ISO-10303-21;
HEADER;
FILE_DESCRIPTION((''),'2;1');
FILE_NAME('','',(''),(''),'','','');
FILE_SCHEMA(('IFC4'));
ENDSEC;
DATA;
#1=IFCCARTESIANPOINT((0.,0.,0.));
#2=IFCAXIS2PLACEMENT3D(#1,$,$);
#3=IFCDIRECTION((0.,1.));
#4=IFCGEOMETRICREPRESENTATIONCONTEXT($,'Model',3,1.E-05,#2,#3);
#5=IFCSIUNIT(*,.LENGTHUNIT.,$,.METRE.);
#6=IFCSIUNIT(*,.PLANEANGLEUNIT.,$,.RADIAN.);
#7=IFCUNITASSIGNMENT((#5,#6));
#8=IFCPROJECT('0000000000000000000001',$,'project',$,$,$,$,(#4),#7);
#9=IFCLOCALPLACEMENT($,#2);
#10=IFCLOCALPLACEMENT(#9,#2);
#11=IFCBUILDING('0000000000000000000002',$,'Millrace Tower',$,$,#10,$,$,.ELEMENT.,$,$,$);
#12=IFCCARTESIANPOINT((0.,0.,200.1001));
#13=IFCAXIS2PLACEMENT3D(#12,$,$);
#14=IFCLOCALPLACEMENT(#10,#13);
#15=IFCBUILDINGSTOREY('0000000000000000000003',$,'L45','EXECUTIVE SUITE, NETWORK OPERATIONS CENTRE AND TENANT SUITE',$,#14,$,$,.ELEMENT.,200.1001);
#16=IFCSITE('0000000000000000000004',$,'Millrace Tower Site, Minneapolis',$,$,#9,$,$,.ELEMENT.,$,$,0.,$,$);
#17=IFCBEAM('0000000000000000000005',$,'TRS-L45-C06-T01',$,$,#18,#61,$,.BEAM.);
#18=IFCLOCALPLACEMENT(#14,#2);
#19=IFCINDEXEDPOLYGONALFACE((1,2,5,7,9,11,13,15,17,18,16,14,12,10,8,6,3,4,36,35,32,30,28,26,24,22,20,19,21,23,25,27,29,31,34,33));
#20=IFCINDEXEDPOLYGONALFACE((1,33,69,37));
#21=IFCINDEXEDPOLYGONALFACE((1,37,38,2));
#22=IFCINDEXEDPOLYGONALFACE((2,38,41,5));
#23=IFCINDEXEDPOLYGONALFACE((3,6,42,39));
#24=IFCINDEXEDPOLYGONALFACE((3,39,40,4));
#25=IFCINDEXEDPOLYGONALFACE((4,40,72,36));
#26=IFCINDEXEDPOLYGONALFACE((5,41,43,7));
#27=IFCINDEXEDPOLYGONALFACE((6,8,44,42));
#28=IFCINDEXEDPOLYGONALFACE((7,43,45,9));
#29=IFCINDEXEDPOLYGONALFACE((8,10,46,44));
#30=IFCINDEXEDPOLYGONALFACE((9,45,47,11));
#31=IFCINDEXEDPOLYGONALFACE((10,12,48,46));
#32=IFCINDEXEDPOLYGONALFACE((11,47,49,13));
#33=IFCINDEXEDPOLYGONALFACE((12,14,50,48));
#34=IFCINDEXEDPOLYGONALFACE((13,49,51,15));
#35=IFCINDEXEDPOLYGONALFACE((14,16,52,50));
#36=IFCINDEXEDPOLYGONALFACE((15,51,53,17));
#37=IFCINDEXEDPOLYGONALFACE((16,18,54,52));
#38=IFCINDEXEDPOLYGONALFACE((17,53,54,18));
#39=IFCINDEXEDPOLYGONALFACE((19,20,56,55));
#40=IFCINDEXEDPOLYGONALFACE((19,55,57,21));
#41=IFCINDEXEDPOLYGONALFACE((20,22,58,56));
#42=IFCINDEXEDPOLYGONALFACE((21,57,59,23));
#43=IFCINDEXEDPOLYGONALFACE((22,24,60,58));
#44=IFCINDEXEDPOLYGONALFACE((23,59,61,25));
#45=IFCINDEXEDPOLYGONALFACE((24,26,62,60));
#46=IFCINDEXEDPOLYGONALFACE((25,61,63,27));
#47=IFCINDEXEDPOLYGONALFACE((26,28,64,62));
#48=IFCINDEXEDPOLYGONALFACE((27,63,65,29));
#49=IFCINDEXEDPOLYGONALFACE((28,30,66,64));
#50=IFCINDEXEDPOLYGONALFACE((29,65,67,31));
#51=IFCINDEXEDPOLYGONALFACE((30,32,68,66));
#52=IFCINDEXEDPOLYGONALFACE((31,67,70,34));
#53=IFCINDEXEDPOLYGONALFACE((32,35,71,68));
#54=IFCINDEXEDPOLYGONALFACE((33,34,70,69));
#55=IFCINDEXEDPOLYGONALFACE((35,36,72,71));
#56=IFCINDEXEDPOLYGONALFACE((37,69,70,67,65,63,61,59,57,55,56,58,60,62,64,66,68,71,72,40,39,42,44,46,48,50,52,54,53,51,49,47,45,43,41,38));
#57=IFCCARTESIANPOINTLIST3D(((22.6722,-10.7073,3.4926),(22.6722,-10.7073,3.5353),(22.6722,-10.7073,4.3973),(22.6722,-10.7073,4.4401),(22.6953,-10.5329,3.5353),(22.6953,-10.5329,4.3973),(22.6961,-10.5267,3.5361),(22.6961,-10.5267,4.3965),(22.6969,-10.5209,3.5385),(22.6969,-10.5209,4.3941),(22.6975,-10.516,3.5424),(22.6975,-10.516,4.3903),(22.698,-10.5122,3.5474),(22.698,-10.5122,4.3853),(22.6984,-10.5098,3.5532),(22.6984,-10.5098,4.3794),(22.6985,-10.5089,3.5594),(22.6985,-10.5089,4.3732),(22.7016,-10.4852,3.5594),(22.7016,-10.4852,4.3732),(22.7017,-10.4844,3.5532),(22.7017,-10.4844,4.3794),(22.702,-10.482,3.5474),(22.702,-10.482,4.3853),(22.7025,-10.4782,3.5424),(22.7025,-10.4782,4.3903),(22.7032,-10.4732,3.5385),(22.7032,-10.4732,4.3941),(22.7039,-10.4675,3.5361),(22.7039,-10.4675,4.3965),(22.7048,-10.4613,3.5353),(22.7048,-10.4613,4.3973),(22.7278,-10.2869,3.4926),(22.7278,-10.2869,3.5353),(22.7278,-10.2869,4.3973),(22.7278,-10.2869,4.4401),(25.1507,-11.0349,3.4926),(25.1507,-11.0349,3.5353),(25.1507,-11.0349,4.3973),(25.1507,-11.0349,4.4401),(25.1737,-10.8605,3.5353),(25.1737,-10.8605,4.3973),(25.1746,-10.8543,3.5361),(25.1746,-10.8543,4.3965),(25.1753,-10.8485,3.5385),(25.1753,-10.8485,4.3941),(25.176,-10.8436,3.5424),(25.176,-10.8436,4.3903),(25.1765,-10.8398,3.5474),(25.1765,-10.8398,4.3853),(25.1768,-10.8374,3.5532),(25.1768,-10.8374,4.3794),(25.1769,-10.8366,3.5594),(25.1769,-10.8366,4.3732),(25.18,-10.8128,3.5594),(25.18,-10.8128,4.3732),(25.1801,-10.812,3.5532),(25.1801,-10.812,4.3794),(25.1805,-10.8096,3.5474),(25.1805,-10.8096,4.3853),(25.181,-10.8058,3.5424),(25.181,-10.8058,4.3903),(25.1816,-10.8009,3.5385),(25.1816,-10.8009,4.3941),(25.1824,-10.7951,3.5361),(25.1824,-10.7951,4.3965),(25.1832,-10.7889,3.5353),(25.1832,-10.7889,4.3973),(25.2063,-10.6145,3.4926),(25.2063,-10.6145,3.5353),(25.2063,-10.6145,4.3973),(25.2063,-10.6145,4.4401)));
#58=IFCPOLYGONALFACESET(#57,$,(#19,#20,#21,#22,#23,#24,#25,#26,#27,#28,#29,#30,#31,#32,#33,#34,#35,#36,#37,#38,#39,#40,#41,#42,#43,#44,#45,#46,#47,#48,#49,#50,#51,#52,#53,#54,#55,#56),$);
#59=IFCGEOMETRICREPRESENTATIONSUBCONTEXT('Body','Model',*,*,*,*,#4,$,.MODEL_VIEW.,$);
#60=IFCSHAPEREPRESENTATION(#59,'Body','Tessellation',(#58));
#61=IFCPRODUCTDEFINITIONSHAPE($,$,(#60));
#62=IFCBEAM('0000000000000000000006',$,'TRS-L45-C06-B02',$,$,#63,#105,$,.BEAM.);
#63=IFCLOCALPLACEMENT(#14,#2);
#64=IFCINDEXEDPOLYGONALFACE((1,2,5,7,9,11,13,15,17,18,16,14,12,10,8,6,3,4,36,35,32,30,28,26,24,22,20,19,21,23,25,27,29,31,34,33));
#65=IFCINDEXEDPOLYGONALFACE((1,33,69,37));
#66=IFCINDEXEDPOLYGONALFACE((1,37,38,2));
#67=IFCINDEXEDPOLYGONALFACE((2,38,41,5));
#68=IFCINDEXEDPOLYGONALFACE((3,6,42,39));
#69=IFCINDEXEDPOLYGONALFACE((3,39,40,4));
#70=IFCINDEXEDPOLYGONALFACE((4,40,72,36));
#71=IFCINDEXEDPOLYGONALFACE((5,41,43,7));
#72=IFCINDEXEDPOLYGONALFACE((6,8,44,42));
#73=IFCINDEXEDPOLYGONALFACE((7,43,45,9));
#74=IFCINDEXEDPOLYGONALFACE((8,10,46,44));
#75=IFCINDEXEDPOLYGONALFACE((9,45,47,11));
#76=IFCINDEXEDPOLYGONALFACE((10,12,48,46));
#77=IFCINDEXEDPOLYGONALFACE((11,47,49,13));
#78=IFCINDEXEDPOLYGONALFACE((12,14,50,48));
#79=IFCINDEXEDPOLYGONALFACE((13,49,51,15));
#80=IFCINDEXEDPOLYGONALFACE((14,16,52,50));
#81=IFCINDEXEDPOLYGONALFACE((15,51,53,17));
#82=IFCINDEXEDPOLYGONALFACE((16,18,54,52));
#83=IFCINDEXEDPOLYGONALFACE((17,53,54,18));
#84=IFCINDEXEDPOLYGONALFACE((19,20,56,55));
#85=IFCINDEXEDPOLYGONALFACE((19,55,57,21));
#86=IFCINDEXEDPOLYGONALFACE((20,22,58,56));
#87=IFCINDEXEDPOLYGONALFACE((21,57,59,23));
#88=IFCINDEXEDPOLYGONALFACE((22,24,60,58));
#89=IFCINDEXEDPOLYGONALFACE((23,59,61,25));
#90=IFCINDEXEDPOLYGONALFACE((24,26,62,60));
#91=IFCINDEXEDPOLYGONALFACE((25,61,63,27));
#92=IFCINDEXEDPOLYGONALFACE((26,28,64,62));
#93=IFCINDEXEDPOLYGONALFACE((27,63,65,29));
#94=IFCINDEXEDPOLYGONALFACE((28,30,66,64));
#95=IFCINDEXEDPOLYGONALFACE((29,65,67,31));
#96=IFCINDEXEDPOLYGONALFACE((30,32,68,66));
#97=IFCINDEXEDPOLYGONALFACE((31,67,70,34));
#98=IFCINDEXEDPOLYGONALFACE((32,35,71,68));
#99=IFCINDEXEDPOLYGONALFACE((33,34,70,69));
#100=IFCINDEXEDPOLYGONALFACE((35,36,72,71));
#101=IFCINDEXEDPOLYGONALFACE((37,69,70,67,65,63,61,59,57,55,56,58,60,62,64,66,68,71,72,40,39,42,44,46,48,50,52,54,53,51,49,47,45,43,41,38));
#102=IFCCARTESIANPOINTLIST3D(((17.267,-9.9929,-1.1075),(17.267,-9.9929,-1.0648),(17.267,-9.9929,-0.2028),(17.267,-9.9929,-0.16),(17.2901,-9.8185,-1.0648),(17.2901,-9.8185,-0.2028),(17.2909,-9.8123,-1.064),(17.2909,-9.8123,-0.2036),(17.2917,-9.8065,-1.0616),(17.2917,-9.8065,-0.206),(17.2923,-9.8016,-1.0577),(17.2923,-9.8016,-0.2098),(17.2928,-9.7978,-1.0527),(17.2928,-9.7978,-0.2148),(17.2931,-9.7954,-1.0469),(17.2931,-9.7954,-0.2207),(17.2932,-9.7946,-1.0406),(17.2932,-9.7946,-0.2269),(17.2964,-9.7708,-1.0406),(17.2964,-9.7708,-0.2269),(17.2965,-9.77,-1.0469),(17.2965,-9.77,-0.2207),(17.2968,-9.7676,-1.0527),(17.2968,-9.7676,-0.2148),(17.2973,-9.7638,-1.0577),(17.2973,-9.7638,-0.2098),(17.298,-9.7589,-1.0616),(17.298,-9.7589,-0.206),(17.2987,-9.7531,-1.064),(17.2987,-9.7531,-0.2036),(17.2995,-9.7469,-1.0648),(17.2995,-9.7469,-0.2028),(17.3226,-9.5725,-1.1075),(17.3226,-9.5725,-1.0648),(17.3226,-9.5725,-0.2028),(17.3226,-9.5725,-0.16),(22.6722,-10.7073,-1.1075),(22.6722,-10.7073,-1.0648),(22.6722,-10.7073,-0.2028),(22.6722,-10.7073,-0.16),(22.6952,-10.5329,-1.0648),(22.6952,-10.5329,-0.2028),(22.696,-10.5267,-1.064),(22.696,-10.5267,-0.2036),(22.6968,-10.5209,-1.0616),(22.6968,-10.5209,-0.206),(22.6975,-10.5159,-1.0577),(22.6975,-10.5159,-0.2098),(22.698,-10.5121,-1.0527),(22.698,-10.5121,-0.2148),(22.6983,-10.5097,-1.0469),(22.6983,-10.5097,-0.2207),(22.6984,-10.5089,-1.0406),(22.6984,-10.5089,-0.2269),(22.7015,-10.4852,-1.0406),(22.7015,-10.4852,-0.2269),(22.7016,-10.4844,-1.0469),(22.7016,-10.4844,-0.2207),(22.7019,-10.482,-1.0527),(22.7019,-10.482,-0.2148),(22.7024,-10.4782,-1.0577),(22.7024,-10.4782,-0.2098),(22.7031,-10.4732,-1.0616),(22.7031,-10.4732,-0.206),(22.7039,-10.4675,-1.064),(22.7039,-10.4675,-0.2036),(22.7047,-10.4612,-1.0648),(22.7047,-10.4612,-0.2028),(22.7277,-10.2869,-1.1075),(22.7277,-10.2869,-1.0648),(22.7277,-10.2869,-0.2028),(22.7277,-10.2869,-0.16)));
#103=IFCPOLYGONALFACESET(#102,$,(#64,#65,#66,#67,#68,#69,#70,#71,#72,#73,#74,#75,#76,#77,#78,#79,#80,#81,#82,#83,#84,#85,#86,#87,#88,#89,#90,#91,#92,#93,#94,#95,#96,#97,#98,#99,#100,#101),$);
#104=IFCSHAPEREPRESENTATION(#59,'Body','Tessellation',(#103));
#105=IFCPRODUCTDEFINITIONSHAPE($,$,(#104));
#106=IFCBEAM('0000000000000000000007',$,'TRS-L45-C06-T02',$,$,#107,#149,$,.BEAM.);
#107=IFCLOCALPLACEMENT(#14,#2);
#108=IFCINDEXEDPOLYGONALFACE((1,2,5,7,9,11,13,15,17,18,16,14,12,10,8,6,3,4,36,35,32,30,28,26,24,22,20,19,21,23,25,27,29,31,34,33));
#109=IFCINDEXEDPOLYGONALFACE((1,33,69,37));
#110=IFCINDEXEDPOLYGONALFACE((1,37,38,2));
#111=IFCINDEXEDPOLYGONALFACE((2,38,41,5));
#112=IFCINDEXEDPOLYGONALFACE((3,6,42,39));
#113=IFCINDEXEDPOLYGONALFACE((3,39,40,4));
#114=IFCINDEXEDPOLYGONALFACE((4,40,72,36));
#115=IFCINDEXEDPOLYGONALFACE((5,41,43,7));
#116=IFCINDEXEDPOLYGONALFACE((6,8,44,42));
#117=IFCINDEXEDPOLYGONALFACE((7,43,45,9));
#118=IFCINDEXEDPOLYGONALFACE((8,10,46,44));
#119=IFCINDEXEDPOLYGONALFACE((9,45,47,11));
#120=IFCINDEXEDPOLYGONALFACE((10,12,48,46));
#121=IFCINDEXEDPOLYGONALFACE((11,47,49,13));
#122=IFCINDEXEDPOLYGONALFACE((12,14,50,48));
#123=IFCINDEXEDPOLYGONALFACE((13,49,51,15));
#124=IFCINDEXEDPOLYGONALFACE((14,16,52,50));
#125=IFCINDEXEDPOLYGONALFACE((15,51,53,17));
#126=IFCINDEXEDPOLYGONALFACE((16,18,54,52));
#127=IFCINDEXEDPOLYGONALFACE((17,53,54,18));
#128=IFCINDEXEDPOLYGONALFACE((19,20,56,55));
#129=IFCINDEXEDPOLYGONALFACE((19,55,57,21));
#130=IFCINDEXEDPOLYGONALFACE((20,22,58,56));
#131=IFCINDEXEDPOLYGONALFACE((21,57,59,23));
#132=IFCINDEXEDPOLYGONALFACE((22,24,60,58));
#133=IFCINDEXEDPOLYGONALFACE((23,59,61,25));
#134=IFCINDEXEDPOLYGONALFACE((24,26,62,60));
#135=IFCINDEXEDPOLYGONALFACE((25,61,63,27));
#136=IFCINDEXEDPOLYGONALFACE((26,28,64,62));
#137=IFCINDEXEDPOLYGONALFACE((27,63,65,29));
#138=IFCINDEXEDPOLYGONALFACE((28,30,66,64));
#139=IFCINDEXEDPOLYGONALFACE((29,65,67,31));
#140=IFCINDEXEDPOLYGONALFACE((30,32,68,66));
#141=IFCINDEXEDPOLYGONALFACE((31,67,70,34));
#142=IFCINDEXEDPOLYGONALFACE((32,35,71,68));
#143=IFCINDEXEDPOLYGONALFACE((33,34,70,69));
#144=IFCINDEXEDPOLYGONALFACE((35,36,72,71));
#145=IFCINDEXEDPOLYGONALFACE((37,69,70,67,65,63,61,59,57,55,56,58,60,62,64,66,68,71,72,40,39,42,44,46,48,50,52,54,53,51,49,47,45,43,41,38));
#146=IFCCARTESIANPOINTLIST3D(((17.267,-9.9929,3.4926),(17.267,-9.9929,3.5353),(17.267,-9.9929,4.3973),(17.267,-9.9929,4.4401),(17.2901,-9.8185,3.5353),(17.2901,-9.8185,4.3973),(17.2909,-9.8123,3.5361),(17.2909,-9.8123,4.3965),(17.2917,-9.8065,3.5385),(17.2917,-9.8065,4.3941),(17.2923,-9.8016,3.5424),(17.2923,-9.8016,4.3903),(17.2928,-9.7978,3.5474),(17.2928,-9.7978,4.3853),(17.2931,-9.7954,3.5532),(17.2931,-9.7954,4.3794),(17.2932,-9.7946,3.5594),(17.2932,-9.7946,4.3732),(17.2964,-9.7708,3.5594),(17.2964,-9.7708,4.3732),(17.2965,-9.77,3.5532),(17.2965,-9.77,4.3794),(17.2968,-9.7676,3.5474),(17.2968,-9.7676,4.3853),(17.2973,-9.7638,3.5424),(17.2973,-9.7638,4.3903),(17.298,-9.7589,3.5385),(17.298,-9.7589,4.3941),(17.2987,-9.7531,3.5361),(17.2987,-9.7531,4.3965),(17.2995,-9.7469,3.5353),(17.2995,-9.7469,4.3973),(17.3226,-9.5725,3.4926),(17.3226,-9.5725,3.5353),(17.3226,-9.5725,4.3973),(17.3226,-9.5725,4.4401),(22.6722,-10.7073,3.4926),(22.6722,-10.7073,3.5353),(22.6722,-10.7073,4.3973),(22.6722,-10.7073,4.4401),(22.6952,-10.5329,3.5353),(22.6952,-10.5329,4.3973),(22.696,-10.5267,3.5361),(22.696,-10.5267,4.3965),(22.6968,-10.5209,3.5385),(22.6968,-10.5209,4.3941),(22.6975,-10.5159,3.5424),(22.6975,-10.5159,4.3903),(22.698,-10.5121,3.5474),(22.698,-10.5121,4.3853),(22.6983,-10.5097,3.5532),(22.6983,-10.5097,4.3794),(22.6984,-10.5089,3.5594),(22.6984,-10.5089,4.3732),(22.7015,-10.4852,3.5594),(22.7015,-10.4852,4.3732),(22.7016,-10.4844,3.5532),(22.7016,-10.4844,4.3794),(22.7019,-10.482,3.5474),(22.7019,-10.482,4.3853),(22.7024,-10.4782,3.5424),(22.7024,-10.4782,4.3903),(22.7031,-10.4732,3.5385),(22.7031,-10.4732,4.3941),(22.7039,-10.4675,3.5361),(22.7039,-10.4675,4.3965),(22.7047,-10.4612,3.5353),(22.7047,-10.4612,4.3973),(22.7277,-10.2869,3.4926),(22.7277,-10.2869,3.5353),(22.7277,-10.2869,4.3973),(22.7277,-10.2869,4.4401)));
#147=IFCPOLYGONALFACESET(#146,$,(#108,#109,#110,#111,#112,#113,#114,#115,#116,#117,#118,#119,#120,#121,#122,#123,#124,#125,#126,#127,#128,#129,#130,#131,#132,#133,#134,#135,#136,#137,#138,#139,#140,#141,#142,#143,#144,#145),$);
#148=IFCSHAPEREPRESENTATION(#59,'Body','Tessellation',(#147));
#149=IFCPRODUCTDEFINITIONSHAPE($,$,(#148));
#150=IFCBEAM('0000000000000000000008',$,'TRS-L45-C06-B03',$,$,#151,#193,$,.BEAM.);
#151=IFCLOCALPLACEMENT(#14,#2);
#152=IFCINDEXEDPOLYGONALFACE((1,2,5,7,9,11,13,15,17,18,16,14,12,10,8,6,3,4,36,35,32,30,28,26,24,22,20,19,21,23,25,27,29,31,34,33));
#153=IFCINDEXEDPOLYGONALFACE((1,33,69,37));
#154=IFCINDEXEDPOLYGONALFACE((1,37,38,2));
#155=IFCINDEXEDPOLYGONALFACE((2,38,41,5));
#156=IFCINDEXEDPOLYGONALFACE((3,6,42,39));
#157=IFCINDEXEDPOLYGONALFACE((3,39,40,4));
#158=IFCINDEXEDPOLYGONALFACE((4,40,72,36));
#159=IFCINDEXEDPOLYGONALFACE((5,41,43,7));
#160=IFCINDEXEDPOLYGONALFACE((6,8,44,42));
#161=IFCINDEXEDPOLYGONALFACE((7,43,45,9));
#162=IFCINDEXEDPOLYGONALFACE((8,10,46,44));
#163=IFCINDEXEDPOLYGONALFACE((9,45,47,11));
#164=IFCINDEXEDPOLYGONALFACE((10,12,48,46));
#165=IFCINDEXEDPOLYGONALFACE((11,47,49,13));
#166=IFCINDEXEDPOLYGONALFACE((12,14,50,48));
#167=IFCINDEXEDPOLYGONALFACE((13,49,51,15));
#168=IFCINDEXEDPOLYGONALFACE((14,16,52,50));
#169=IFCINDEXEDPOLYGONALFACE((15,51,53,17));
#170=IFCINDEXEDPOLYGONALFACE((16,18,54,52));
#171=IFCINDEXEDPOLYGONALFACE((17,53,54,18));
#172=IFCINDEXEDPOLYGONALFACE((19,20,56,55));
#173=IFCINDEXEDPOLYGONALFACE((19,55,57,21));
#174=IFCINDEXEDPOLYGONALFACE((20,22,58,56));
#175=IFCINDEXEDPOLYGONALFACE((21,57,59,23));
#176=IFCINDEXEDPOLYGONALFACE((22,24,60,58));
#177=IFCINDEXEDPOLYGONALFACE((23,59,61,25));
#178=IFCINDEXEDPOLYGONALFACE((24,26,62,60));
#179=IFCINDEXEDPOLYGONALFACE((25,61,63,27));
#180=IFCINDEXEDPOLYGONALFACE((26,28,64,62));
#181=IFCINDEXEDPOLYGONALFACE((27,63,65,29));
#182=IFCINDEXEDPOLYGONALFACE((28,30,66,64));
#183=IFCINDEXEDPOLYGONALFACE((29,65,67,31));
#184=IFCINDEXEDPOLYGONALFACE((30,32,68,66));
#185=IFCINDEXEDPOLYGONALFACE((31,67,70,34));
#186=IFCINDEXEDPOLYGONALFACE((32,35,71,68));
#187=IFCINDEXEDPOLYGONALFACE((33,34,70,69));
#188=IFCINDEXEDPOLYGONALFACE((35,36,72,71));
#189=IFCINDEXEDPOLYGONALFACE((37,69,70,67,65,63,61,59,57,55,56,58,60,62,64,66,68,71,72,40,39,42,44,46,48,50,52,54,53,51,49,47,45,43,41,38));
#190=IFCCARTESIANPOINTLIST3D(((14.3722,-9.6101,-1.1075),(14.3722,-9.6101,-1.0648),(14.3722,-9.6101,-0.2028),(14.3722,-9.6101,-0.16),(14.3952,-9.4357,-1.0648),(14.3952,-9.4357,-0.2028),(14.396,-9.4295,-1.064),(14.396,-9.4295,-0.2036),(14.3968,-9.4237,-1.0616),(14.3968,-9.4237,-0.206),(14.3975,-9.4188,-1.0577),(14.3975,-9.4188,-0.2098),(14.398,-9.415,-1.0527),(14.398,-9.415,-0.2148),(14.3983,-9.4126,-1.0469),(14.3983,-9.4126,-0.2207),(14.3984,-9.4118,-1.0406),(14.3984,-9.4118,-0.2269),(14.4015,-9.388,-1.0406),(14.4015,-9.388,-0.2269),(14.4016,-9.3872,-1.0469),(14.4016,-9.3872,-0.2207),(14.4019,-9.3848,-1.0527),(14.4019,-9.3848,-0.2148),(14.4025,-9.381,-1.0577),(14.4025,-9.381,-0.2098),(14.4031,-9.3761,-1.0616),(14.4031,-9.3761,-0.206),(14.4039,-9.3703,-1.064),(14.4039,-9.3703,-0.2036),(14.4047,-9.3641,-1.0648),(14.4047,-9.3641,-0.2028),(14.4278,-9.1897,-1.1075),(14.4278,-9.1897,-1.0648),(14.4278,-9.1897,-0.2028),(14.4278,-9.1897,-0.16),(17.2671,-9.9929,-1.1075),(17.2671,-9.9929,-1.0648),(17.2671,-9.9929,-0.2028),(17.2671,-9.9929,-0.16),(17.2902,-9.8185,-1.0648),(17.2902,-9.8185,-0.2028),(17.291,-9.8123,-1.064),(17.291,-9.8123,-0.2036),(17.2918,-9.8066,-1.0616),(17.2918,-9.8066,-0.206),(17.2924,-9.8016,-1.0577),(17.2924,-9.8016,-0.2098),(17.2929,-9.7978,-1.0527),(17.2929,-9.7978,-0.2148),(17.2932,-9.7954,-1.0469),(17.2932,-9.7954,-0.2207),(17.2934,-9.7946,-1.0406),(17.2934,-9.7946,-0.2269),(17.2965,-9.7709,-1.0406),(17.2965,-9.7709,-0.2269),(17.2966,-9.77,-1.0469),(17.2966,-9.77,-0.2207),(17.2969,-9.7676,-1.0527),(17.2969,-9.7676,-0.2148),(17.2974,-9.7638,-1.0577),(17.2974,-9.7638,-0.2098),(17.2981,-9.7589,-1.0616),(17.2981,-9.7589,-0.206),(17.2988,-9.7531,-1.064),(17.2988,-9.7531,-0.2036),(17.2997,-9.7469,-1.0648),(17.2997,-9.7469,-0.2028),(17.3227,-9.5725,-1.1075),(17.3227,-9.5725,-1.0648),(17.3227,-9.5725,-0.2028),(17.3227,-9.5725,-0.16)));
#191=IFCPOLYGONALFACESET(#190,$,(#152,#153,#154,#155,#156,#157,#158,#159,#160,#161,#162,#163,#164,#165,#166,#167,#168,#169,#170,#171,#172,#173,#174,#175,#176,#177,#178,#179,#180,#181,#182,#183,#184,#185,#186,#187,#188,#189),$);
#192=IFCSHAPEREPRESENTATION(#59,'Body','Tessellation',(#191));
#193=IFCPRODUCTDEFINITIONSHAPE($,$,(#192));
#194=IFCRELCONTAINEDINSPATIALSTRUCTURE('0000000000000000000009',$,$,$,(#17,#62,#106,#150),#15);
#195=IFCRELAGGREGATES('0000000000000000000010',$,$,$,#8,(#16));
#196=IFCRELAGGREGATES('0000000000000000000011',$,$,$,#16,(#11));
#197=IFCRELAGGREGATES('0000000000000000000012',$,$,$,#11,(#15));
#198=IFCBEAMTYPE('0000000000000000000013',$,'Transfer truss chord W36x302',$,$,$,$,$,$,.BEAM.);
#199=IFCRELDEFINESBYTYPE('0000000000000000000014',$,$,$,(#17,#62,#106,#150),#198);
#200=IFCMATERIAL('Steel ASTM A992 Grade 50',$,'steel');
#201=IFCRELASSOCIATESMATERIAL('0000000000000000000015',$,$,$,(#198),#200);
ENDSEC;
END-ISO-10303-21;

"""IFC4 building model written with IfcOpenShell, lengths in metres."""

from ifc_helpers import new_model, si_unit, direction, frame, origin, origin_2d, place, context, subcontext, project, spatial, i_section, extrude, material, material_profile, profile_set, type_object, element, save


model = new_model("IFC4")

# Units and contexts
model_context = context("Model", 3, precision=1e-05, world=origin(), true_north=direction((0.0, 1.0)))
body_context = subcontext(model_context, "Body", "Model", "MODEL_VIEW")
ifc_project = project(units=[si_unit("LENGTHUNIT", "METRE"), si_unit("PLANEANGLEUNIT", "RADIAN")], contexts=[model_context])

# Site, building, storey
site_placement = place(None, origin())
site = spatial("IfcSite", under=ifc_project, at=site_placement, Name="Millrace Tower Site, Minneapolis", CompositionType="ELEMENT", RefElevation=0.0)
building_placement = place(site_placement, origin())
building = spatial("IfcBuilding", under=site, at=building_placement, Name="Millrace Tower", CompositionType="ELEMENT")
storey_placement = place(building_placement, frame((0.0, 0.0, 200.1001)))
storey = spatial("IfcBuildingStorey", under=building, at=storey_placement, Name="L45", Description="EXECUTIVE SUITE, NETWORK OPERATIONS CENTRE AND TENANT SUITE", CompositionType="ELEMENT", Elevation=200.1001)

# Beams
ifc_material_1 = material(Name="Steel ASTM A992 Grade 50", Category="steel")
ifc_material_profile_1 = material_profile(ifc_material_1, i_section(OverallWidth=0.4241, OverallDepth=0.9475, WebThickness=0.0239, FlangeThickness=0.0427, FilletRadius=0.0242, at=origin_2d()))
ifc_profile_set_1 = profile_set([ifc_material_profile_1], Name="Steel ASTM A992 Grade 50")
beam_type_1 = type_object("IfcBeamType", Name="Transfer truss chord W36x302", PredefinedType="BEAM", material=ifc_profile_set_1)
for number, where, z_axis, x_axis, name in (
    (1, (25.1785, -10.8247, 3.9663), (-0.991376, 0.131051, 0.0), (-0.131051, -0.991376, 0.0), "TRS-L45-C06-T01"),
):
    element("IfcBeam", number, at=place(storey_placement, frame(where, z_axis=z_axis, x_axis=x_axis)), inside=storey, type_object=beam_type_1, Name=name, PredefinedType="BEAM", context=body_context, shape_type="SweptSolid", body=[
        extrude(i_section(OverallWidth=0.4241, OverallDepth=0.9475, WebThickness=0.0239, FlangeThickness=0.0427, FilletRadius=0.0242, at=origin_2d()), origin(), (0.0, 0.0, 1.0), 2.5),
    ])
for number, where, z_axis, x_axis, name in (
    (2, (22.7, -10.4971, -0.6338), (-0.991379, 0.131026, 0.0), (-0.131026, -0.991379, 0.0), "TRS-L45-C06-B02"),
    (3, (22.7, -10.4971, 3.9663), (-0.991379, 0.131026, 0.0), (-0.131026, -0.991379, 0.0), "TRS-L45-C06-T02"),
):
    element("IfcBeam", number, at=place(storey_placement, frame(where, z_axis=z_axis, x_axis=x_axis)), inside=storey, type_object=beam_type_1, Name=name, PredefinedType="BEAM", context=body_context, shape_type="SweptSolid", body=[
        extrude(i_section(OverallWidth=0.4241, OverallDepth=0.9475, WebThickness=0.0239, FlangeThickness=0.0427, FilletRadius=0.0242, at=origin_2d()), origin(), (0.0, 0.0, 1.0), 5.4521),
    ])
for number, where, z_axis, x_axis, name in (
    (4, (17.2949, -9.7827, -0.6338), (-0.99137, 0.13109, 0.0), (-0.13109, -0.99137, 0.0), "TRS-L45-C06-B03"),
):
    element("IfcBeam", number, at=place(storey_placement, frame(where, z_axis=z_axis, x_axis=x_axis)), inside=storey, type_object=beam_type_1, Name=name, PredefinedType="BEAM", context=body_context, shape_type="SweptSolid", body=[
        extrude(i_section(OverallWidth=0.4241, OverallDepth=0.9475, WebThickness=0.0239, FlangeThickness=0.0427, FilletRadius=0.0242, at=origin_2d()), origin(), (0.0, 0.0, 1.0), 2.9202),
    ])

save(model, "model.ifc")
